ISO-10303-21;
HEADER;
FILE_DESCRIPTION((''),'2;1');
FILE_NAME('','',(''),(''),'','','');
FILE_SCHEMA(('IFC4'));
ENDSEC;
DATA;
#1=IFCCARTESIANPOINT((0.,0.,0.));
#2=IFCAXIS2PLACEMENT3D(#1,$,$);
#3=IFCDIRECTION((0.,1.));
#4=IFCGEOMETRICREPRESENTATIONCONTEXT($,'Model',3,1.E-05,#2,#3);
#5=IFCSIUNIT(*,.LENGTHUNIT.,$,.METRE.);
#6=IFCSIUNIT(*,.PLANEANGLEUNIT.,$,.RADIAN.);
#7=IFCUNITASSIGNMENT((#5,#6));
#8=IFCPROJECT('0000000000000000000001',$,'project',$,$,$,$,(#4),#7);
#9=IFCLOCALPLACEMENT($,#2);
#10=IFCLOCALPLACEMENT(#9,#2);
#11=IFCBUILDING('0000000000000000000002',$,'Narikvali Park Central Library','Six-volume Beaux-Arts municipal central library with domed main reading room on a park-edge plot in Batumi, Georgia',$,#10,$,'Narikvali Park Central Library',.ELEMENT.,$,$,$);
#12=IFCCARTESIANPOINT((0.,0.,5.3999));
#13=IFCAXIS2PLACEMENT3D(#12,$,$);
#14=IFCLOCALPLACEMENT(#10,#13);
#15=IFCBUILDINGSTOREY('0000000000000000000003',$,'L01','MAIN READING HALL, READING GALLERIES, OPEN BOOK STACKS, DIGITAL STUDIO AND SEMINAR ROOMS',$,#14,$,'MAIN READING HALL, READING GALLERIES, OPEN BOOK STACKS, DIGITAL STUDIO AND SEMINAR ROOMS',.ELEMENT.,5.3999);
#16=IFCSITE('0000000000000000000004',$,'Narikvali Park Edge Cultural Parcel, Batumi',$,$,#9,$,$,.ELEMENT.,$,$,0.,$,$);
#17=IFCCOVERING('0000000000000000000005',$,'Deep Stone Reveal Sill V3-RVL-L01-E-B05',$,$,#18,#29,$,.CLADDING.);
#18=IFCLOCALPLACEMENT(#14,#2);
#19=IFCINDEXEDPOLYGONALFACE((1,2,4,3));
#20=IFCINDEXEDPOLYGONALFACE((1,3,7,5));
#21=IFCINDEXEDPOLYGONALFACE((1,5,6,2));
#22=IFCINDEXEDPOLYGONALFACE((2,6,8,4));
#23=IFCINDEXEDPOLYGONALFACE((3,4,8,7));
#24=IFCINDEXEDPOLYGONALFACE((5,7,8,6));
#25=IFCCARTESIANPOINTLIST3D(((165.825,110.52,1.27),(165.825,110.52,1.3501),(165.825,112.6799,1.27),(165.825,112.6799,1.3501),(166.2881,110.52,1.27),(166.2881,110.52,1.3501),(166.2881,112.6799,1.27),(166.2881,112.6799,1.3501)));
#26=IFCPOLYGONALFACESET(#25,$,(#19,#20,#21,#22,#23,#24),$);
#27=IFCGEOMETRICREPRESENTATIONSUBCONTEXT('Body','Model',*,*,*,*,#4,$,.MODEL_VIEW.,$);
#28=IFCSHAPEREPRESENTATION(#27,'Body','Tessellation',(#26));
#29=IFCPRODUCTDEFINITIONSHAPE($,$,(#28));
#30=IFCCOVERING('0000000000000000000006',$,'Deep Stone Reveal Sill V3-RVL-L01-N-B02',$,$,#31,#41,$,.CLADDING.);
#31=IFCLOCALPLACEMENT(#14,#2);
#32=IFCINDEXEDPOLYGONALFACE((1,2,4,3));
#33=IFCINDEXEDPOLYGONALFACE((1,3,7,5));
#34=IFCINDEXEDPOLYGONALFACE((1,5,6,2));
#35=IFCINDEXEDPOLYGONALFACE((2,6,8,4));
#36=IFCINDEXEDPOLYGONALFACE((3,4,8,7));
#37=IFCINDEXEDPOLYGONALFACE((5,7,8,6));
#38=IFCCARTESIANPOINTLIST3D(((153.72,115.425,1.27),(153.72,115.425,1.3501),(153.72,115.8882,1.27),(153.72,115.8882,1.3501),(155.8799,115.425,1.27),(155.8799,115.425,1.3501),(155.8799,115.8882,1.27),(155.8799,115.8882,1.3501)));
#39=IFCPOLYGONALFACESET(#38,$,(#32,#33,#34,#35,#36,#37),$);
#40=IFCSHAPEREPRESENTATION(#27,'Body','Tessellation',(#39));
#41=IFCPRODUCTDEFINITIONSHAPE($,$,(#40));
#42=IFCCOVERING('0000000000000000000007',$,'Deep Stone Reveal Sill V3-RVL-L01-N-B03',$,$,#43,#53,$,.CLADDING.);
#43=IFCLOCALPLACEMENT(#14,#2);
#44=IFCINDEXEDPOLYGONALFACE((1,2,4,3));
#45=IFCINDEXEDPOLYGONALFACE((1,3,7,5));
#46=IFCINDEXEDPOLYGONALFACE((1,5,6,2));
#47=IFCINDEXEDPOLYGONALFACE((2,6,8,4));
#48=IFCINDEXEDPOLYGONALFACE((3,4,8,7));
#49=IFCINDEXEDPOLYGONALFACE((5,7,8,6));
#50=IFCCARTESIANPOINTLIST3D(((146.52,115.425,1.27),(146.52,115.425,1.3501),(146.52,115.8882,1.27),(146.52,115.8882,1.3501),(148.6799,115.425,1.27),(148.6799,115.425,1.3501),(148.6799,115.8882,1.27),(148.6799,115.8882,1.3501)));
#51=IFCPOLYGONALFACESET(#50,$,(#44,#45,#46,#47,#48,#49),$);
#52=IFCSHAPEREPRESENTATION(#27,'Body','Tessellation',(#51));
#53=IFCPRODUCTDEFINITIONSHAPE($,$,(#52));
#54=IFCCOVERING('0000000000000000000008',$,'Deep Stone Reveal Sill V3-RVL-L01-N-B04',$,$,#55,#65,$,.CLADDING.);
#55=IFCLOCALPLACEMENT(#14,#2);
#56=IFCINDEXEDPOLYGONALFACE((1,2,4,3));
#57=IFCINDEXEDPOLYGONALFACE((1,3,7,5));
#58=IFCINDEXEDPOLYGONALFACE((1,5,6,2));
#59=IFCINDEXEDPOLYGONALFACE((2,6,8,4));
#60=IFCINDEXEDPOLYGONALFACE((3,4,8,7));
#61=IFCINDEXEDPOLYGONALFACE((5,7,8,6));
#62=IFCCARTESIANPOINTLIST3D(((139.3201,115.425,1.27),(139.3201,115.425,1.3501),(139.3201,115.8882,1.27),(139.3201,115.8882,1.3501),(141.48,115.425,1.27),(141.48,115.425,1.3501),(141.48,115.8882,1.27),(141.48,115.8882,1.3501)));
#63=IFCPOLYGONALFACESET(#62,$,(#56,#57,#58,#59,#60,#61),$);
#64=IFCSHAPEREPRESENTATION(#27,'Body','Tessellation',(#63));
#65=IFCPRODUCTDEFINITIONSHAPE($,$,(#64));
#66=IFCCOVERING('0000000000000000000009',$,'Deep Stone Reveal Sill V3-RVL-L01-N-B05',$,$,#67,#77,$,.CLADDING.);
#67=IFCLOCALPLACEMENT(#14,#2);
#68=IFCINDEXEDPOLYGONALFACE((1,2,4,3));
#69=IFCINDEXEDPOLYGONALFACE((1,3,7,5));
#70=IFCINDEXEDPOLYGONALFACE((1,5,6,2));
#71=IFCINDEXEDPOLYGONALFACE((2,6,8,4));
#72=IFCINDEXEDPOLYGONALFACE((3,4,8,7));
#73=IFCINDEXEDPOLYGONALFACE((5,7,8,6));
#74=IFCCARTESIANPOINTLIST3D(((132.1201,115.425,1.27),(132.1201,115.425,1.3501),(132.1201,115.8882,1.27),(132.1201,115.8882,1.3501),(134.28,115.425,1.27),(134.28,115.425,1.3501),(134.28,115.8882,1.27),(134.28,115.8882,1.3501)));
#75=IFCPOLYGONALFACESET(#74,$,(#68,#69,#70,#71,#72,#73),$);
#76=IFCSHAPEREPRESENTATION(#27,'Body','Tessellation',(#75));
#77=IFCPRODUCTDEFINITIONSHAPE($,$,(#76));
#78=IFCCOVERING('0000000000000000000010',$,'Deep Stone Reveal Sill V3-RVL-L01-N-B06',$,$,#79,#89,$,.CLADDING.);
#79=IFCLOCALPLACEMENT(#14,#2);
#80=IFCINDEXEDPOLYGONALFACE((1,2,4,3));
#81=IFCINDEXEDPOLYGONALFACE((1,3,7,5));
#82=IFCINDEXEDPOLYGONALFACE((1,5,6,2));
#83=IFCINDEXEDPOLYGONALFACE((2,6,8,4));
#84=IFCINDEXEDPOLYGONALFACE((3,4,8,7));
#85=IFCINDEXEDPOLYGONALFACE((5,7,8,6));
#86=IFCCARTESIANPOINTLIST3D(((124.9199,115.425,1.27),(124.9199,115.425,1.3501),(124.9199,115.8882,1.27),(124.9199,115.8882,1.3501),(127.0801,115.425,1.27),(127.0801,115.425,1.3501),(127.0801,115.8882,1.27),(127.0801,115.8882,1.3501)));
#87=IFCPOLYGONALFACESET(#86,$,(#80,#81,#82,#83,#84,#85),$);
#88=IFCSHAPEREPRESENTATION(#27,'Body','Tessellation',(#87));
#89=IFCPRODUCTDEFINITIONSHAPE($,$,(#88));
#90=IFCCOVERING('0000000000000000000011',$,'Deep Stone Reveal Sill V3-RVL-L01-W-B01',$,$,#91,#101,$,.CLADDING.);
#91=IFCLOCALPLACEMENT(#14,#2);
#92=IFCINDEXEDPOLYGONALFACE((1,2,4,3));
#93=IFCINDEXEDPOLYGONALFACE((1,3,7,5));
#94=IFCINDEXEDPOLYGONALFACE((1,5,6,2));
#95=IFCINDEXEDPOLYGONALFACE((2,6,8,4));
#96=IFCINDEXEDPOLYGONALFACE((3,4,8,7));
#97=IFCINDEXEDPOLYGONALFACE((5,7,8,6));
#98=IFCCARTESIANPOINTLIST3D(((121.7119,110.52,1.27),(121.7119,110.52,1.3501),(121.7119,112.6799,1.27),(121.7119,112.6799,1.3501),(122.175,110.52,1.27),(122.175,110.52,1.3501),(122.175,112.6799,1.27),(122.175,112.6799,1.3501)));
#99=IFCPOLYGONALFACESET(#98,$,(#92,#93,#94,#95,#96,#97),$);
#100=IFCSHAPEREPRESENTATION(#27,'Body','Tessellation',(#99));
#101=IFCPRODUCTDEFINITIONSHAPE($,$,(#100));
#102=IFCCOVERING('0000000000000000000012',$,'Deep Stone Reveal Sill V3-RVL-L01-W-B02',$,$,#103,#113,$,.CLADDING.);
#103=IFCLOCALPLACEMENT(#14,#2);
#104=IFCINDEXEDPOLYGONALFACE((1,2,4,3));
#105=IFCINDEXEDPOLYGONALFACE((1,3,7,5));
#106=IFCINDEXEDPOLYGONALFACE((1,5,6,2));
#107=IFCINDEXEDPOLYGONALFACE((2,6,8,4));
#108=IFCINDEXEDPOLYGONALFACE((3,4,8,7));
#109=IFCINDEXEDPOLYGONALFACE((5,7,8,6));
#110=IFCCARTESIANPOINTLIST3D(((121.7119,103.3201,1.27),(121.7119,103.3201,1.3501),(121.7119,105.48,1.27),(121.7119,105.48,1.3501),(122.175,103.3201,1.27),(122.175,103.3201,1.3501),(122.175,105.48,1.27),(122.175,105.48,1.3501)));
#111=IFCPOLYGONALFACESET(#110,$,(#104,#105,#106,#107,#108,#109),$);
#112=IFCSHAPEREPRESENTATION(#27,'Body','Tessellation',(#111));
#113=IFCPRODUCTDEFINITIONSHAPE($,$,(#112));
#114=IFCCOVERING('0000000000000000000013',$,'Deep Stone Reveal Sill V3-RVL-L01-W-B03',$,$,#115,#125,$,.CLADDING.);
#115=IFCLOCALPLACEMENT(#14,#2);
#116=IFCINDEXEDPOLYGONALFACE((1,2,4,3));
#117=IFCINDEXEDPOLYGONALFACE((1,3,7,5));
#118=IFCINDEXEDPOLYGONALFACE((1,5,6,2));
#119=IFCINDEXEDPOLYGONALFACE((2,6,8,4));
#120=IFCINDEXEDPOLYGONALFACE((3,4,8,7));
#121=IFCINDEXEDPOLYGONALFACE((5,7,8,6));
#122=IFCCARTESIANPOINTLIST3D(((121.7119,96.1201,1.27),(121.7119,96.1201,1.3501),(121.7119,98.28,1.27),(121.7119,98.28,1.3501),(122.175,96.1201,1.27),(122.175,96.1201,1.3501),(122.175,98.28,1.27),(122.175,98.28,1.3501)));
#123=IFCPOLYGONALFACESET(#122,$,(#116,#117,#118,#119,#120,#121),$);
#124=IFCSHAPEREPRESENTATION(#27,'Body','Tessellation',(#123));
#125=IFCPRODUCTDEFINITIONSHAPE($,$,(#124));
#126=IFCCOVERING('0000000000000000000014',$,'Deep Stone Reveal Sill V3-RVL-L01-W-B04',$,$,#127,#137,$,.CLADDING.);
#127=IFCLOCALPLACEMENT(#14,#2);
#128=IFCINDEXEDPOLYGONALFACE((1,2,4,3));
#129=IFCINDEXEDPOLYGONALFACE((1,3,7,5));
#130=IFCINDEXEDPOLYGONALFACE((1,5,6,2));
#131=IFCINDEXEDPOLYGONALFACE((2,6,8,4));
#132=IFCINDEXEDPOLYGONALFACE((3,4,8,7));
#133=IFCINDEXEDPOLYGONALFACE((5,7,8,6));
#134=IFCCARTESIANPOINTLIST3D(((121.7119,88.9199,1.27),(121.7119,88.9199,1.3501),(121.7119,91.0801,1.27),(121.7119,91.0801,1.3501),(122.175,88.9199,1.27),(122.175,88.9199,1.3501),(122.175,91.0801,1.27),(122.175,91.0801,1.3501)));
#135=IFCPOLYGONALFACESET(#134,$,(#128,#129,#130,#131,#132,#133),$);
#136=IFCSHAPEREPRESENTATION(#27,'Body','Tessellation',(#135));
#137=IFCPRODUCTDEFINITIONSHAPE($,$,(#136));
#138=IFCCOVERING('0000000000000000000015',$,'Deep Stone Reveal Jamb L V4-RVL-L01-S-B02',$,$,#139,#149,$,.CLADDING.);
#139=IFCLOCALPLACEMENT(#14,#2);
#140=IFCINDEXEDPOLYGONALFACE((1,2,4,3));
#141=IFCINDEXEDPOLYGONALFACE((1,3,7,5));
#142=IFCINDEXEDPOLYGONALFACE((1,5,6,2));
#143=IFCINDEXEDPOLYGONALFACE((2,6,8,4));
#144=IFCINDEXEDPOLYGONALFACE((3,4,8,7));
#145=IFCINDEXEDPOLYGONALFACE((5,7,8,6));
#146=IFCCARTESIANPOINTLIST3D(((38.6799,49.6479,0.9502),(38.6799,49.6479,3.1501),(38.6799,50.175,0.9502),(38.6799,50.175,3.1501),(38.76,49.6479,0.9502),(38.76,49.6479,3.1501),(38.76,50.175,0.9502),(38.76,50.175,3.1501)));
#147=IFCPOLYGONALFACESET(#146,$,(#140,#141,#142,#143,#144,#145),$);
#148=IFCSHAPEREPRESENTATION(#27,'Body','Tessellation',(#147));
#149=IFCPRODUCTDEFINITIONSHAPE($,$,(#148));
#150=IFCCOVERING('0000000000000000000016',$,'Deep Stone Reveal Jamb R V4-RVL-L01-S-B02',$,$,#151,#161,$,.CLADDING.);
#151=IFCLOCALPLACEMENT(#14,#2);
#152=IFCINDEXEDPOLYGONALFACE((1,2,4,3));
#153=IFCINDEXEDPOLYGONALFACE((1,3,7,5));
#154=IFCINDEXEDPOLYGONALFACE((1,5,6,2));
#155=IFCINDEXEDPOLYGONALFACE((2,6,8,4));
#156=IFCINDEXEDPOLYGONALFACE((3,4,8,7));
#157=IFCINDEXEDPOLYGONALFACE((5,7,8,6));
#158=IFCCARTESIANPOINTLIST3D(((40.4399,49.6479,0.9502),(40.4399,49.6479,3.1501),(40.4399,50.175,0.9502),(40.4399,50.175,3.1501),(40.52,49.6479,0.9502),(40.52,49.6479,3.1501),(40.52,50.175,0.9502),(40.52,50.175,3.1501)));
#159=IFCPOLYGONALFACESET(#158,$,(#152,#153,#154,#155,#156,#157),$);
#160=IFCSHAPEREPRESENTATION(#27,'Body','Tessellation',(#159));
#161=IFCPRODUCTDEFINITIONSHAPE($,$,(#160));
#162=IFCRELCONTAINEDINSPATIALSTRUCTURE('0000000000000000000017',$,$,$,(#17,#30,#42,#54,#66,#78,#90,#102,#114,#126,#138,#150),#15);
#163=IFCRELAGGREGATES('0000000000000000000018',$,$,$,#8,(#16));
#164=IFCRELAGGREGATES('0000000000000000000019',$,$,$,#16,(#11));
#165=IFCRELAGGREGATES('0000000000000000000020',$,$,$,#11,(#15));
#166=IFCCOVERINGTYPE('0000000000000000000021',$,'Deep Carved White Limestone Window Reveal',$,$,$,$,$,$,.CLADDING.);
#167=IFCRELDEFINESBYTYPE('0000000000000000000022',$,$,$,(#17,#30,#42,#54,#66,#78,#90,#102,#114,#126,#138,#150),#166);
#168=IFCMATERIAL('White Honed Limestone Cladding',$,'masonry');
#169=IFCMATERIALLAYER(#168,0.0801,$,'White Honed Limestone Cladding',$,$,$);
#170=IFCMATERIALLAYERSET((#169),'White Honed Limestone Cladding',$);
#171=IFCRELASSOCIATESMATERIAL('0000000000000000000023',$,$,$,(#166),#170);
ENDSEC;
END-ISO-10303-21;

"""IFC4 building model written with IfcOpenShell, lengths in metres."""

from ifc_helpers import new_model, si_unit, direction, frame, origin, place, context, subcontext, project, spatial, polyline, outline, extrude, material, layer, layer_set, type_object, element, save


model = new_model("IFC4")

# Units and contexts
model_context = context("Model", 3, precision=1e-05, world=origin(), true_north=direction((0.0, 1.0)))
body_context = subcontext(model_context, "Body", "Model", "MODEL_VIEW")
ifc_project = project(units=[si_unit("LENGTHUNIT", "METRE"), si_unit("PLANEANGLEUNIT", "RADIAN")], contexts=[model_context])

# Site, building, storey
site_placement = place(None, origin())
site = spatial("IfcSite", under=ifc_project, at=site_placement, Name="Narikvali Park Edge Cultural Parcel, Batumi", CompositionType="ELEMENT", RefElevation=0.0)
building_placement = place(site_placement, origin())
building = spatial("IfcBuilding", under=site, at=building_placement, Name="Narikvali Park Central Library", Description="Six-volume Beaux-Arts municipal central library with domed main reading room on a park-edge plot in Batumi, Georgia", LongName="Narikvali Park Central Library", CompositionType="ELEMENT")
storey_placement = place(building_placement, frame((0.0, 0.0, 5.3999)))
storey = spatial("IfcBuildingStorey", under=building, at=storey_placement, Name="L01", Description="MAIN READING HALL, READING GALLERIES, OPEN BOOK STACKS, DIGITAL STUDIO AND SEMINAR ROOMS", LongName="MAIN READING HALL, READING GALLERIES, OPEN BOOK STACKS, DIGITAL STUDIO AND SEMINAR ROOMS", CompositionType="ELEMENT", Elevation=5.3999)

# Coverings
ifc_material = material(Name="White Honed Limestone Cladding", Category="masonry")
ifc_layer = layer(ifc_material, 0.0801, Name="White Honed Limestone Cladding")
ifc_layer_set = layer_set([ifc_layer], Name="White Honed Limestone Cladding")
covering_type = type_object("IfcCoveringType", Name="Deep Carved White Limestone Window Reveal", PredefinedType="CLADDING", material=ifc_layer_set)
covering_1_placement = place(storey_placement, frame((0.0, 0.0, 1.27)))
element("IfcCovering", 1, at=covering_1_placement, inside=storey, type_object=covering_type, Name="Deep Stone Reveal Sill V3-RVL-L01-E-B05", PredefinedType="CLADDING", context=body_context, shape_type="SweptSolid", body=[
    extrude(outline(polyline([(165.825, 110.52), (165.825, 112.6799), (166.2881, 112.6799), (166.2881, 110.52), (165.825, 110.52)])), origin(), (0.0, 0.0, 1.0), 0.0801),
])
covering_2_placement = place(storey_placement, frame((0.0, 0.0, 1.27)))
element("IfcCovering", 2, at=covering_2_placement, inside=storey, type_object=covering_type, Name="Deep Stone Reveal Sill V3-RVL-L01-N-B02", PredefinedType="CLADDING", context=body_context, shape_type="SweptSolid", body=[
    extrude(outline(polyline([(155.8799, 115.425), (153.72, 115.425), (153.72, 115.8882), (155.8799, 115.8882), (155.8799, 115.425)])), origin(), (0.0, 0.0, 1.0), 0.0801),
])
covering_3_placement = place(storey_placement, frame((0.0, 0.0, 1.27)))
element("IfcCovering", 3, at=covering_3_placement, inside=storey, type_object=covering_type, Name="Deep Stone Reveal Sill V3-RVL-L01-N-B03", PredefinedType="CLADDING", context=body_context, shape_type="SweptSolid", body=[
    extrude(outline(polyline([(148.6799, 115.425), (146.52, 115.425), (146.52, 115.8882), (148.6799, 115.8882), (148.6799, 115.425)])), origin(), (0.0, 0.0, 1.0), 0.0801),
])
covering_4_placement = place(storey_placement, frame((0.0, 0.0, 1.27)))
element("IfcCovering", 4, at=covering_4_placement, inside=storey, type_object=covering_type, Name="Deep Stone Reveal Sill V3-RVL-L01-N-B04", PredefinedType="CLADDING", context=body_context, shape_type="SweptSolid", body=[
    extrude(outline(polyline([(141.48, 115.425), (139.3201, 115.425), (139.3201, 115.8882), (141.48, 115.8882), (141.48, 115.425)])), origin(), (0.0, 0.0, 1.0), 0.0801),
])
covering_5_placement = place(storey_placement, frame((0.0, 0.0, 1.27)))
element("IfcCovering", 5, at=covering_5_placement, inside=storey, type_object=covering_type, Name="Deep Stone Reveal Sill V3-RVL-L01-N-B05", PredefinedType="CLADDING", context=body_context, shape_type="SweptSolid", body=[
    extrude(outline(polyline([(134.28, 115.425), (132.1201, 115.425), (132.1201, 115.8882), (134.28, 115.8882), (134.28, 115.425)])), origin(), (0.0, 0.0, 1.0), 0.0801),
])
covering_6_placement = place(storey_placement, frame((0.0, 0.0, 1.27)))
element("IfcCovering", 6, at=covering_6_placement, inside=storey, type_object=covering_type, Name="Deep Stone Reveal Sill V3-RVL-L01-N-B06", PredefinedType="CLADDING", context=body_context, shape_type="SweptSolid", body=[
    extrude(outline(polyline([(127.0801, 115.425), (124.9199, 115.425), (124.9199, 115.8882), (127.0801, 115.8882), (127.0801, 115.425)])), origin(), (0.0, 0.0, 1.0), 0.0801),
])
covering_7_placement = place(storey_placement, frame((0.0, 0.0, 1.27)))
element("IfcCovering", 7, at=covering_7_placement, inside=storey, type_object=covering_type, Name="Deep Stone Reveal Sill V3-RVL-L01-W-B01", PredefinedType="CLADDING", context=body_context, shape_type="SweptSolid", body=[
    extrude(outline(polyline([(122.175, 112.6799), (122.175, 110.52), (121.7119, 110.52), (121.7119, 112.6799), (122.175, 112.6799)])), origin(), (0.0, 0.0, 1.0), 0.0801),
])
covering_8_placement = place(storey_placement, frame((0.0, 0.0, 1.27)))
element("IfcCovering", 8, at=covering_8_placement, inside=storey, type_object=covering_type, Name="Deep Stone Reveal Sill V3-RVL-L01-W-B02", PredefinedType="CLADDING", context=body_context, shape_type="SweptSolid", body=[
    extrude(outline(polyline([(122.175, 105.48), (122.175, 103.3201), (121.7119, 103.3201), (121.7119, 105.48), (122.175, 105.48)])), origin(), (0.0, 0.0, 1.0), 0.0801),
])
covering_9_placement = place(storey_placement, frame((0.0, 0.0, 1.27)))
element("IfcCovering", 9, at=covering_9_placement, inside=storey, type_object=covering_type, Name="Deep Stone Reveal Sill V3-RVL-L01-W-B03", PredefinedType="CLADDING", context=body_context, shape_type="SweptSolid", body=[
    extrude(outline(polyline([(122.175, 98.28), (122.175, 96.1201), (121.7119, 96.1201), (121.7119, 98.28), (122.175, 98.28)])), origin(), (0.0, 0.0, 1.0), 0.0801),
])
covering_10_placement = place(storey_placement, frame((0.0, 0.0, 1.27)))
element("IfcCovering", 10, at=covering_10_placement, inside=storey, type_object=covering_type, Name="Deep Stone Reveal Sill V3-RVL-L01-W-B04", PredefinedType="CLADDING", context=body_context, shape_type="SweptSolid", body=[
    extrude(outline(polyline([(122.175, 91.0801), (122.175, 88.9199), (121.7119, 88.9199), (121.7119, 91.0801), (122.175, 91.0801)])), origin(), (0.0, 0.0, 1.0), 0.0801),
])
covering_11_placement = place(storey_placement, frame((0.0, 0.0, 0.9502)))
element("IfcCovering", 11, at=covering_11_placement, inside=storey, type_object=covering_type, Name="Deep Stone Reveal Jamb L V4-RVL-L01-S-B02", PredefinedType="CLADDING", context=body_context, shape_type="SweptSolid", body=[
    extrude(outline(polyline([(38.6799, 50.175), (38.76, 50.175), (38.76, 49.6479), (38.6799, 49.6479), (38.6799, 50.175)])), origin(), (0.0, 0.0, 1.0), 2.2),
])
covering_12_placement = place(storey_placement, frame((0.0, 0.0, 0.9502)))
element("IfcCovering", 12, at=covering_12_placement, inside=storey, type_object=covering_type, Name="Deep Stone Reveal Jamb R V4-RVL-L01-S-B02", PredefinedType="CLADDING", context=body_context, shape_type="SweptSolid", body=[
    extrude(outline(polyline([(40.4399, 50.175), (40.52, 50.175), (40.52, 49.6479), (40.4399, 49.6479), (40.4399, 50.175)])), origin(), (0.0, 0.0, 1.0), 2.2),
])

save(model, "model.ifc")
